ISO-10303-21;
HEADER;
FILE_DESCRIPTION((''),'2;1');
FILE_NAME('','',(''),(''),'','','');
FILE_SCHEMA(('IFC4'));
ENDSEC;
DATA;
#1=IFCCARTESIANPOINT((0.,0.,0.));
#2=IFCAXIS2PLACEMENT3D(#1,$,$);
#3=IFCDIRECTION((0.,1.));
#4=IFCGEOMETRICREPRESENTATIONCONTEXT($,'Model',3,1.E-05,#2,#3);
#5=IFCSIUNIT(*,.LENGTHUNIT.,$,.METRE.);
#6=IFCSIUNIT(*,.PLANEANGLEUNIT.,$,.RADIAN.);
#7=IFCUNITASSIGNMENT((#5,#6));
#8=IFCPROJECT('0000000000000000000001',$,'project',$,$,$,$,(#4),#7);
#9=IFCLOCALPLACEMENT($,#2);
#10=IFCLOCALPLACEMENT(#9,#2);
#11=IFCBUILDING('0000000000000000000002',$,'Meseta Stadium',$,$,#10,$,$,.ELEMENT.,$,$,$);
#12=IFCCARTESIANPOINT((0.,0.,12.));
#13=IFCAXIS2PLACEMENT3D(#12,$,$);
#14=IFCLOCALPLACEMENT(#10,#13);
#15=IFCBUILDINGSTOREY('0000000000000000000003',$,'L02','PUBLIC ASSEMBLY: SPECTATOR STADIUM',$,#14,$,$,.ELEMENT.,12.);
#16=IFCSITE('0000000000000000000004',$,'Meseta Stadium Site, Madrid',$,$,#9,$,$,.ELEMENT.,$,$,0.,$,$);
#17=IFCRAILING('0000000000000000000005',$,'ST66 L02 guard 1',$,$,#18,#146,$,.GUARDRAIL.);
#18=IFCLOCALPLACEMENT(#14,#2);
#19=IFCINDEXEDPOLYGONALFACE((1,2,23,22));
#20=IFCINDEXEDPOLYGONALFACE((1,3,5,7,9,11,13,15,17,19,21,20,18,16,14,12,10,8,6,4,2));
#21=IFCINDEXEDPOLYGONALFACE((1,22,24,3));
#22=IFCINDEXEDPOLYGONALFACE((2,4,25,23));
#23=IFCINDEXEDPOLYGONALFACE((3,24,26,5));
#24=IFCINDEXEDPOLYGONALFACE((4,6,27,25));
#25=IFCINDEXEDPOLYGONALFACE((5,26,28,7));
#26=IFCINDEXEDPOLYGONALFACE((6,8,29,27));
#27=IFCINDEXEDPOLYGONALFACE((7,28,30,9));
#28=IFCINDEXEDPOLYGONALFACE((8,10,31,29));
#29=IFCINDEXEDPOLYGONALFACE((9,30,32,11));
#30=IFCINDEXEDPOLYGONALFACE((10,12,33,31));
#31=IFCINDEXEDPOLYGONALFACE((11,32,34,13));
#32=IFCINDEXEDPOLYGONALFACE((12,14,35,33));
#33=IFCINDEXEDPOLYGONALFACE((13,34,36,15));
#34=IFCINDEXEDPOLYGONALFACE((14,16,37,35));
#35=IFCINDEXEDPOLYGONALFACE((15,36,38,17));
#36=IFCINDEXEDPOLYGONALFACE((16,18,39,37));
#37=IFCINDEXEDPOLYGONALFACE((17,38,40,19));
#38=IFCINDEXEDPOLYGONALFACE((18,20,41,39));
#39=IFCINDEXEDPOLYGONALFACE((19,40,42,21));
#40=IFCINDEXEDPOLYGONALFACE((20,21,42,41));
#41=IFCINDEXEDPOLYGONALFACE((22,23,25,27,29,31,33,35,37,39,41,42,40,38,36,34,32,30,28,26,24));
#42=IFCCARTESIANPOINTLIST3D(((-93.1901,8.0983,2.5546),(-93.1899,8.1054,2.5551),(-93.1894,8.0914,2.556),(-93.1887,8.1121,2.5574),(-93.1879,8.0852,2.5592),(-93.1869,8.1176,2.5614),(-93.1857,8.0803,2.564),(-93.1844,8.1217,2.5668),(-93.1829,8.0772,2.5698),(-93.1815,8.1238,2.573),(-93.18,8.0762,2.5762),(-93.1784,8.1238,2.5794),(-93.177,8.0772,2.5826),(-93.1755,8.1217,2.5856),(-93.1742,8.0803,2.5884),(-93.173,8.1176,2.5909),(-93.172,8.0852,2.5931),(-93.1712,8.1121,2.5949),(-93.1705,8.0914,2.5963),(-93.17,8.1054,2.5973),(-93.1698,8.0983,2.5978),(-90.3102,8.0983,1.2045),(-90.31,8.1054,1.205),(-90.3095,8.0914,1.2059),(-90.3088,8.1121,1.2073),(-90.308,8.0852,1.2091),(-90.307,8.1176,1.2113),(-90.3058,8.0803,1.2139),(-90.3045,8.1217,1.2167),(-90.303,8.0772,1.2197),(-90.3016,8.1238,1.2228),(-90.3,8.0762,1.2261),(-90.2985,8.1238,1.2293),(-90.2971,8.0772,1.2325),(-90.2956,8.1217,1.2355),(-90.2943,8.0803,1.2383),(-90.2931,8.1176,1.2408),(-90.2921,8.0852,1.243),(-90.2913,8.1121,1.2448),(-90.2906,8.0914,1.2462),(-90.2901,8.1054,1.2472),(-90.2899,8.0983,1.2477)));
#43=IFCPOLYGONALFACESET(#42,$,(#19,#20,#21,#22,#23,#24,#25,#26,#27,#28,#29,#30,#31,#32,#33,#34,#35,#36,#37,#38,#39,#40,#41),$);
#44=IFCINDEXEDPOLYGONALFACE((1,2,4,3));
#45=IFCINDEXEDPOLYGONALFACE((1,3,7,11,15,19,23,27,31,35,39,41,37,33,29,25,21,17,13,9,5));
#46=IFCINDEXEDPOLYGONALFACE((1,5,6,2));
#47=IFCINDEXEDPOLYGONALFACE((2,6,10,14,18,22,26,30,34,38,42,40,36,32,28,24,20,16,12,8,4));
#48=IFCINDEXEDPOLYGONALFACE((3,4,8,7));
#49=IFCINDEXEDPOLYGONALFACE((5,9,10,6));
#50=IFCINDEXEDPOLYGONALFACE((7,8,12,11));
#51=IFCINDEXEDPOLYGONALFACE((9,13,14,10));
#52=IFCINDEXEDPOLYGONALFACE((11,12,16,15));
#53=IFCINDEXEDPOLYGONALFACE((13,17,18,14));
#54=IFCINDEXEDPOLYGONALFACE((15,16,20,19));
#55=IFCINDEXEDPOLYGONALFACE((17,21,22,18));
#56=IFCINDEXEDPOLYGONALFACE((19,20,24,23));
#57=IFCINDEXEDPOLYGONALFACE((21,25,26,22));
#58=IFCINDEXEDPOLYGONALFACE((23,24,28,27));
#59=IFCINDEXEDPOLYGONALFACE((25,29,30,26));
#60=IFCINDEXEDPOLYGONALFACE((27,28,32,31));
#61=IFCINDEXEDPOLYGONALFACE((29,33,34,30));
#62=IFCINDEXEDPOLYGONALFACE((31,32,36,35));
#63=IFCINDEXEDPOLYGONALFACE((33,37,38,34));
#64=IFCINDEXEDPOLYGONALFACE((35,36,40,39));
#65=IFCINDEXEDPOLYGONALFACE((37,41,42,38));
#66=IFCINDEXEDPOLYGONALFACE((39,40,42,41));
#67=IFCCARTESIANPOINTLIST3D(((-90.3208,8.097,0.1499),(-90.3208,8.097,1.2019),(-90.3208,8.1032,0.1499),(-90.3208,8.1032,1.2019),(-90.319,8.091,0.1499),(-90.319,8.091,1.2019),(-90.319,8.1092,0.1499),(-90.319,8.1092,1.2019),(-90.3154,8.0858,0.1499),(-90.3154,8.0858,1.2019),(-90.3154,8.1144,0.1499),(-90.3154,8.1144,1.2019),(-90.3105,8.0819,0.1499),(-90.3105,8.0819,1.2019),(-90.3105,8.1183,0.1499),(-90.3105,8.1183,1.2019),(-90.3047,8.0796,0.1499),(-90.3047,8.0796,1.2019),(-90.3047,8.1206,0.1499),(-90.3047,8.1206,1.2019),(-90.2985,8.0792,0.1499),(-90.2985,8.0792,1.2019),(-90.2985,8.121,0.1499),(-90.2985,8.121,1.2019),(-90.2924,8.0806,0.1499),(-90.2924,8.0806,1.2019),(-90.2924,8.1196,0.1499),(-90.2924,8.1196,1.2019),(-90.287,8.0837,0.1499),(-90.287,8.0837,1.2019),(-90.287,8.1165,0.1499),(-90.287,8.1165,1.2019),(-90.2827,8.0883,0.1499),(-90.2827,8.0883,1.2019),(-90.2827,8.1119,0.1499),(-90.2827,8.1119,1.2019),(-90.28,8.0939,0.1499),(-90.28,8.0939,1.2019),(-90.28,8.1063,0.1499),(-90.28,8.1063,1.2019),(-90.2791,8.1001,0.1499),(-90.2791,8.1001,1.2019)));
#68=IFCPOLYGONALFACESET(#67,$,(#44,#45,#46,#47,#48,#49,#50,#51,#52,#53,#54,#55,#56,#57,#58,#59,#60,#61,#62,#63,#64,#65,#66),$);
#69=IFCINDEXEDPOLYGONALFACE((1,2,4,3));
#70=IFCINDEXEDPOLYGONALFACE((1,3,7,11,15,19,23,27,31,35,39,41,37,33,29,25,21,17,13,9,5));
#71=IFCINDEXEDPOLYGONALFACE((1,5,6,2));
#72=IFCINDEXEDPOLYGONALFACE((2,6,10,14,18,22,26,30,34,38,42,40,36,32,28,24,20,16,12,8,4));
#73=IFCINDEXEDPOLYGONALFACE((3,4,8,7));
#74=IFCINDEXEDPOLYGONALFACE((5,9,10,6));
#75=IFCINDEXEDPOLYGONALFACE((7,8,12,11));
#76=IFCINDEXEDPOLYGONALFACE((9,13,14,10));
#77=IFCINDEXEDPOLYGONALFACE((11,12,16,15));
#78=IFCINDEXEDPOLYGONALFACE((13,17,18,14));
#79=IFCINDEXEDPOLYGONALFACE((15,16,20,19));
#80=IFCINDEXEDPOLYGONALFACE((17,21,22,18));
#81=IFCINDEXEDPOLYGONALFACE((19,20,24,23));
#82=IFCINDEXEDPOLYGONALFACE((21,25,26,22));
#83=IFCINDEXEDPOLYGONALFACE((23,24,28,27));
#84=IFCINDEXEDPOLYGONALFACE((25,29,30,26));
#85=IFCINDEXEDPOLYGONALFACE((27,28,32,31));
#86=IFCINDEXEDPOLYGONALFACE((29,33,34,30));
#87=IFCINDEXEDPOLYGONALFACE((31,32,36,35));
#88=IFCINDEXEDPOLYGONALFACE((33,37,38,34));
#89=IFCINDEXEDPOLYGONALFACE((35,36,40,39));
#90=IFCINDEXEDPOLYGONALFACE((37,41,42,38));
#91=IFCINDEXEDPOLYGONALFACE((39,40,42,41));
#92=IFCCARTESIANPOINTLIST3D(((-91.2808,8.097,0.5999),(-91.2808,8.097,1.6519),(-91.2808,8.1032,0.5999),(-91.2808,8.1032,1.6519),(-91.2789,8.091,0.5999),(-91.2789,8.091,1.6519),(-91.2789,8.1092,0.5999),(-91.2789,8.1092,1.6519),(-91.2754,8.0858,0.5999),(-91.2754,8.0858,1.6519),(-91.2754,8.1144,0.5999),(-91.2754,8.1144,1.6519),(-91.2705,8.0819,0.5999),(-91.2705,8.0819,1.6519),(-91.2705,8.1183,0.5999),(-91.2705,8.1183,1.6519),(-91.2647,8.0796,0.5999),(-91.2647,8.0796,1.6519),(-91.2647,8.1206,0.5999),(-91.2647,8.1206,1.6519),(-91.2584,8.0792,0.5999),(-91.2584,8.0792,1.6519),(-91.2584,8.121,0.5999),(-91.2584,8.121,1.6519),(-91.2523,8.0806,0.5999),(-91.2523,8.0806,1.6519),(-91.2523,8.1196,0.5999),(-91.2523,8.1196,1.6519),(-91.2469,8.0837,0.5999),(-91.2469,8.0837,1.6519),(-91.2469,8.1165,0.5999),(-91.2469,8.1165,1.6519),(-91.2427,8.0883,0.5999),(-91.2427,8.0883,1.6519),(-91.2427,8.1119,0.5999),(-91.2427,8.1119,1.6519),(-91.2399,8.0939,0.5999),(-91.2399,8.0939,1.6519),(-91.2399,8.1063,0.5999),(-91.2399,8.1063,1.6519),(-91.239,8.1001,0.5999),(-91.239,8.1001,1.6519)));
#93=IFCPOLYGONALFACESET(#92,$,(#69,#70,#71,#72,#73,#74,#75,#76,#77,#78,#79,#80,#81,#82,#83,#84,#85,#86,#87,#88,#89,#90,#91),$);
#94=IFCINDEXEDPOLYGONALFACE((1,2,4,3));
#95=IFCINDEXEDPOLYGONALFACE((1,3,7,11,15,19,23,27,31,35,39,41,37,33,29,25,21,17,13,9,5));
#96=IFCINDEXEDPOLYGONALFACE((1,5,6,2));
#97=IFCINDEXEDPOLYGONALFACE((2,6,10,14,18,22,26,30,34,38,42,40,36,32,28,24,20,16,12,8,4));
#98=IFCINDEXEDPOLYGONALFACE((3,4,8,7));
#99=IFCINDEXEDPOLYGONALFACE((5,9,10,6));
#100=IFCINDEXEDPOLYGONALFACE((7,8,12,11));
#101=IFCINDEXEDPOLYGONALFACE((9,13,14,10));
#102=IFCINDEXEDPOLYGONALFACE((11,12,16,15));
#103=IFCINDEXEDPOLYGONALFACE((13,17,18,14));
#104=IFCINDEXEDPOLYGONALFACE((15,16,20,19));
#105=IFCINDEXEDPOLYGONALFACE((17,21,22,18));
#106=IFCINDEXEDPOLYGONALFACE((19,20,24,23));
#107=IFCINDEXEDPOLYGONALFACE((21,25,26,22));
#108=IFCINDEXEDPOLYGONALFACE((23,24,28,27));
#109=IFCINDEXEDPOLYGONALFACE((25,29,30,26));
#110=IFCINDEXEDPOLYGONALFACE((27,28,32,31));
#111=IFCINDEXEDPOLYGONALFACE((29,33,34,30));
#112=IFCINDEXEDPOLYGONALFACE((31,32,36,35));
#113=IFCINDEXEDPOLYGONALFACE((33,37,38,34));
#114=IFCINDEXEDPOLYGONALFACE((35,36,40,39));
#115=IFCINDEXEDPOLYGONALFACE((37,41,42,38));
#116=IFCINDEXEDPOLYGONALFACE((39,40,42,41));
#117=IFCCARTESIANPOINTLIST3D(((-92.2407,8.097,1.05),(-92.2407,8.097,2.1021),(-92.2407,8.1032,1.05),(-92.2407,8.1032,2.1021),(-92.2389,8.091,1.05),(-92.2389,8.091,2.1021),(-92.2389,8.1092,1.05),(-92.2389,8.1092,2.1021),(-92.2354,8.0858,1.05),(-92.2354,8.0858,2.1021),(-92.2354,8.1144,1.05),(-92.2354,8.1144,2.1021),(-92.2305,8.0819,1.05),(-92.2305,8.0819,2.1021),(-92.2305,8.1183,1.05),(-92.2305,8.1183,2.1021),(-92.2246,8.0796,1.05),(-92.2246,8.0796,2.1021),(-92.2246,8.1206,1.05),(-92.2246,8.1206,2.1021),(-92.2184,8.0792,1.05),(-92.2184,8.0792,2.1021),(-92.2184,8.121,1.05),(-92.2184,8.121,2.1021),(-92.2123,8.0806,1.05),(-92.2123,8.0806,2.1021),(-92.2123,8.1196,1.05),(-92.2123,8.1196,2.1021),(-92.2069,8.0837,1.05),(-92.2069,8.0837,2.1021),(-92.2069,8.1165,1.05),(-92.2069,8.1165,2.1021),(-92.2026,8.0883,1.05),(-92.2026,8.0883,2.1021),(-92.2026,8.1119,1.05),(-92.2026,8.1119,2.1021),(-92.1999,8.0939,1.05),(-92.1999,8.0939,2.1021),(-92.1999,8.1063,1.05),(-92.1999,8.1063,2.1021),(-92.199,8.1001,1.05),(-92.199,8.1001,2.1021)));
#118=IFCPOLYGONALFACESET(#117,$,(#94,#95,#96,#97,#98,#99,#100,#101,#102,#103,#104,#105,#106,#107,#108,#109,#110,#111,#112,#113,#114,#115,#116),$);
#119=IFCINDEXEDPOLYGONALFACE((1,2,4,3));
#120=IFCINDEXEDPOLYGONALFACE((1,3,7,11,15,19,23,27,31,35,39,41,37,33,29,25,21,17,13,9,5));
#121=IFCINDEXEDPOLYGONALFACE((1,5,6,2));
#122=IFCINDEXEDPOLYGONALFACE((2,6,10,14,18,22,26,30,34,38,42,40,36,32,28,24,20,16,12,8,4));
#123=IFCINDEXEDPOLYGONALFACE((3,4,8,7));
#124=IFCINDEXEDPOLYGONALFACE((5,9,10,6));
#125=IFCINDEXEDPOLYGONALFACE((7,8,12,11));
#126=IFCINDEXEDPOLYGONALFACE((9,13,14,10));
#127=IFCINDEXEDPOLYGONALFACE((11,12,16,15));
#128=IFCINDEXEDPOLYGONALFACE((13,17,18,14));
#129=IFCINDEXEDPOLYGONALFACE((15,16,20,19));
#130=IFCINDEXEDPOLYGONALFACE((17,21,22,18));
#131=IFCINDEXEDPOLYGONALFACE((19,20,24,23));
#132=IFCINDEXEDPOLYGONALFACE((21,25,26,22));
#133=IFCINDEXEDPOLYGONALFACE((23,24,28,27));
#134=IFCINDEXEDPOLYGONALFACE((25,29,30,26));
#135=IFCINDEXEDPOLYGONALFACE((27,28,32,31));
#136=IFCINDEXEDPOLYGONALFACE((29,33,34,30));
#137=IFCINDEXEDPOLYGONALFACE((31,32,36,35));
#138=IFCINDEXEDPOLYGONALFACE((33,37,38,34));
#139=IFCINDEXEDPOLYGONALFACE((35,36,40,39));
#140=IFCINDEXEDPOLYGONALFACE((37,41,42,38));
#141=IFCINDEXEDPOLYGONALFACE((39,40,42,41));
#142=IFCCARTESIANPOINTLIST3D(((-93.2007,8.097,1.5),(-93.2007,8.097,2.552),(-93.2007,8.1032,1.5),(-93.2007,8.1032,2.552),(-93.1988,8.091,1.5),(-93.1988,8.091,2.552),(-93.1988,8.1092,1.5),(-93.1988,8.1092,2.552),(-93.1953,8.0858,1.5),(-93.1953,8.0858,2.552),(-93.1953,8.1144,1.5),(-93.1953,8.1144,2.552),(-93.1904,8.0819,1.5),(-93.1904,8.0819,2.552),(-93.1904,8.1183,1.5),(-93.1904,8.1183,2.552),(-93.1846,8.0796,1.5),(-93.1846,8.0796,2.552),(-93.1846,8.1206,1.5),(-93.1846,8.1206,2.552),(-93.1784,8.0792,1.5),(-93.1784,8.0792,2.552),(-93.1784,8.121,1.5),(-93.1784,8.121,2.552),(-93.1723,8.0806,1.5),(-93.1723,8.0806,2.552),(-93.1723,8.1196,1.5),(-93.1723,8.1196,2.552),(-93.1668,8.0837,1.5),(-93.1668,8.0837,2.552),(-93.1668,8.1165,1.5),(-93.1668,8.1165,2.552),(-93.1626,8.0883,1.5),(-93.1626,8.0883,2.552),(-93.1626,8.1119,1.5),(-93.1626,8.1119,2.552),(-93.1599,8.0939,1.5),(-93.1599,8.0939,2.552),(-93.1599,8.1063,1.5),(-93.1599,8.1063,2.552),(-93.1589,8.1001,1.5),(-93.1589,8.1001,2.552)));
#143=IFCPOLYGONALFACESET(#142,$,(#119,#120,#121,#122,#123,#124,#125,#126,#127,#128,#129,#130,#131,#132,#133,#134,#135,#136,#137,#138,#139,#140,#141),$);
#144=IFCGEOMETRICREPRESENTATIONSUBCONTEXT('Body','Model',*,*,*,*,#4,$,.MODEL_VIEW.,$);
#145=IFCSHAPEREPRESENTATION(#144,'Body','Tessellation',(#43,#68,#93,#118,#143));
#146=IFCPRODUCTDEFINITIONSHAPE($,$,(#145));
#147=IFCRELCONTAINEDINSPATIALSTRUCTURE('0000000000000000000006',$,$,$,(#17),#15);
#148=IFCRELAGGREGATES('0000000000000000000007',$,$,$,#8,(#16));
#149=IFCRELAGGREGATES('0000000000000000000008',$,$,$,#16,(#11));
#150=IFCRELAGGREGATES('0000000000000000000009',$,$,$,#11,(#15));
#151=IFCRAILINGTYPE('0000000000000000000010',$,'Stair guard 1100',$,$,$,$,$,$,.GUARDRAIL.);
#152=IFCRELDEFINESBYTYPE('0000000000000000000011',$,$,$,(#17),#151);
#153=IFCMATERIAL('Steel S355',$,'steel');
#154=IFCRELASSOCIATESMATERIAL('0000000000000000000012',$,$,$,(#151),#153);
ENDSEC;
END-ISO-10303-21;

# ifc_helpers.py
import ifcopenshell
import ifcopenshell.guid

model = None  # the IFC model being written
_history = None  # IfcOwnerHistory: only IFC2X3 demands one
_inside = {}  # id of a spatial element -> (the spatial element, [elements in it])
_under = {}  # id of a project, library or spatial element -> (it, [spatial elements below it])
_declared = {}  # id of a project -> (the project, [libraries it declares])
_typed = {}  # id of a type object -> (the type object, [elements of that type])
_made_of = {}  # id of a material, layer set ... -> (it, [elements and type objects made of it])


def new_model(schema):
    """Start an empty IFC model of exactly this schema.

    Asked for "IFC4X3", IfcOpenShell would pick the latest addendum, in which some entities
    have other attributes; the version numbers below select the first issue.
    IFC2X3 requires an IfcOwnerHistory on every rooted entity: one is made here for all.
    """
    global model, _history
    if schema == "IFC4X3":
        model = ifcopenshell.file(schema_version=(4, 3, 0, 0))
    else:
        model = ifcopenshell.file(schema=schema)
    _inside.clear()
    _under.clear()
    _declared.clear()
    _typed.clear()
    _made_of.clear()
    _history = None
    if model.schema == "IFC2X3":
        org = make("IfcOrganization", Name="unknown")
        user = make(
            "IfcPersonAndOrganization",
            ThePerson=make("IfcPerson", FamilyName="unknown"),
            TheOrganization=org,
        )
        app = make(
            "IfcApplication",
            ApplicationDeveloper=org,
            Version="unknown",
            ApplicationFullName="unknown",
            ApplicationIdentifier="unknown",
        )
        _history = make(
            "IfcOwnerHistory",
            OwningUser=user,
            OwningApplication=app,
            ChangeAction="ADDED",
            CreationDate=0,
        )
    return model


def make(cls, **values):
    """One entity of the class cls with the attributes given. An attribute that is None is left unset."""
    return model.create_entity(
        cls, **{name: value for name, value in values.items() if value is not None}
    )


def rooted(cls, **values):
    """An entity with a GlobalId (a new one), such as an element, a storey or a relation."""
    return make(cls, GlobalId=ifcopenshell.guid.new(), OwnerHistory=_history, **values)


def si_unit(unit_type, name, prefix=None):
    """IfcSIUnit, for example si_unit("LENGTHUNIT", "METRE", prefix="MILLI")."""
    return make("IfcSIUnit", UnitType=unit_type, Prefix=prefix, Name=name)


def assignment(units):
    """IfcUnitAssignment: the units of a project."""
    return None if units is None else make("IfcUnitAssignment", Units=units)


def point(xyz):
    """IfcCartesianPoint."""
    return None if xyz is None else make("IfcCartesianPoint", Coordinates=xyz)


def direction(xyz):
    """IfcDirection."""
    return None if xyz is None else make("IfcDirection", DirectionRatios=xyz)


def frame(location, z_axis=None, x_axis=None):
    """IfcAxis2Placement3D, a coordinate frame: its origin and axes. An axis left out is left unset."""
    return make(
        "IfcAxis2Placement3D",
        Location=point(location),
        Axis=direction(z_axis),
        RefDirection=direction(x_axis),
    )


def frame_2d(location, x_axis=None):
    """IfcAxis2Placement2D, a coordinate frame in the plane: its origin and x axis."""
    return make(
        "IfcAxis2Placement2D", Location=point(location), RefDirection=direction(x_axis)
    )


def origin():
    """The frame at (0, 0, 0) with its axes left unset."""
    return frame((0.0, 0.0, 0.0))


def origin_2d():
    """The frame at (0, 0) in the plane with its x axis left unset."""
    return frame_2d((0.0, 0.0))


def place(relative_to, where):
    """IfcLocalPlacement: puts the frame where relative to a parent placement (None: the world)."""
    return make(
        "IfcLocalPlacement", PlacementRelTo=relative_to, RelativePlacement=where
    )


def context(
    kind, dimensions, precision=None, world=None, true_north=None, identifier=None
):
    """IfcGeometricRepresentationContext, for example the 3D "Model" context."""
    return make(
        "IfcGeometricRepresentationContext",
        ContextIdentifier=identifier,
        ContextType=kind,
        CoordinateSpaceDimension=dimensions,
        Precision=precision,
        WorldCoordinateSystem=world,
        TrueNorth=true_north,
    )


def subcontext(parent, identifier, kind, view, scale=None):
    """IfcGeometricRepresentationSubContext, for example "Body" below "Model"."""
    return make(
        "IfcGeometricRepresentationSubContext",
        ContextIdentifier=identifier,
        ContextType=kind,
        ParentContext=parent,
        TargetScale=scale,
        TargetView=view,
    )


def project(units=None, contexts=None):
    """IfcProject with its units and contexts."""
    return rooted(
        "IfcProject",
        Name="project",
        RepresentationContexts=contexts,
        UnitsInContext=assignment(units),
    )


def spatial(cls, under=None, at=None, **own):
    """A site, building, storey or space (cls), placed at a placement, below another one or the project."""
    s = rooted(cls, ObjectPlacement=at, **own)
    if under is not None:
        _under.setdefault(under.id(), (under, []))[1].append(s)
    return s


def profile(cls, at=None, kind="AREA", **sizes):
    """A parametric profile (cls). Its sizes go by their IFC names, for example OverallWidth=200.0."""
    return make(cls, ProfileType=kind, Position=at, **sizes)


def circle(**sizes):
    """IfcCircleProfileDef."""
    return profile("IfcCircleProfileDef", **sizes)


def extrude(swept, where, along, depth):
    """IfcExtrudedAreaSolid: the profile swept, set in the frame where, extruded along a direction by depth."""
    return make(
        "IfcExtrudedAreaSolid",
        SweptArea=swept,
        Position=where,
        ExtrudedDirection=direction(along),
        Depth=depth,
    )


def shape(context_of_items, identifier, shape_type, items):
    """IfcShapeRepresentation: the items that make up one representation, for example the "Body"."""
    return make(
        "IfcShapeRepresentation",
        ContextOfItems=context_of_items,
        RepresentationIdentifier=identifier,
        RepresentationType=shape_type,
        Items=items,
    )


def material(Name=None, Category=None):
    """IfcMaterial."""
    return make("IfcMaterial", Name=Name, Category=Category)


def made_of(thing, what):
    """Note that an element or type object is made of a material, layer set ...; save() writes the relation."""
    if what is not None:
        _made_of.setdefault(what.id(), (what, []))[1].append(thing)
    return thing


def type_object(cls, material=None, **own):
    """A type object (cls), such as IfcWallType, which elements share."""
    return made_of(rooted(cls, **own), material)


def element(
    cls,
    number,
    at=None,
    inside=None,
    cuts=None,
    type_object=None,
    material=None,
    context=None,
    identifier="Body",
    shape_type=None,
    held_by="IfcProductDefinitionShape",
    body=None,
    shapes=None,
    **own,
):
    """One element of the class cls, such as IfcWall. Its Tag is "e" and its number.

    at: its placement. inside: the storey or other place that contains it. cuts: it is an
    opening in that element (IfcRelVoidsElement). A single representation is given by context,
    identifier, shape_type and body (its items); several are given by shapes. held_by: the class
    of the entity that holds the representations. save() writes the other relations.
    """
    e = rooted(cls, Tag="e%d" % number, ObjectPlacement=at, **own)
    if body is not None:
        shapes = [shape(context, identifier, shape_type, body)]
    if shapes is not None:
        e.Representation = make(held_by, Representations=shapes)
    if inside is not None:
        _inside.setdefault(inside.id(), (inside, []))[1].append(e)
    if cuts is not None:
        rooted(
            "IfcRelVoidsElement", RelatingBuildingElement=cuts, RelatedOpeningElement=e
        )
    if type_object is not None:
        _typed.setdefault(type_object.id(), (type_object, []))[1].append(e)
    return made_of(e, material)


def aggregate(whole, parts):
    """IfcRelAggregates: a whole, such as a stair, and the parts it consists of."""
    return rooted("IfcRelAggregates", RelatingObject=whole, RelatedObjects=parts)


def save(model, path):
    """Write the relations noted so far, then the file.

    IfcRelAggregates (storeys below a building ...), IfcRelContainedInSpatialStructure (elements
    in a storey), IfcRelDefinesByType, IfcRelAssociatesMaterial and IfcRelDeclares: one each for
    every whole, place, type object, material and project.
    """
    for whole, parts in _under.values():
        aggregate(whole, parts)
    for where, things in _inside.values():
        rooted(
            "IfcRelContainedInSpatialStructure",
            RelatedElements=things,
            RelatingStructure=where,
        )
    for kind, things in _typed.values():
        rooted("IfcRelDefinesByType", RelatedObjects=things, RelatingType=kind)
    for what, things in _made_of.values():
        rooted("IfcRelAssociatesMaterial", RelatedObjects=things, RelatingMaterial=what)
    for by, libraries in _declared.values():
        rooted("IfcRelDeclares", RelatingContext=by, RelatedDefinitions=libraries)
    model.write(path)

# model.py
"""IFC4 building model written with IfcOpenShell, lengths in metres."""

from ifc_helpers import new_model, si_unit, direction, frame, origin, origin_2d, place, context, subcontext, project, spatial, circle, extrude, material, type_object, element, save


model = new_model("IFC4")

# Units and contexts
model_context = context("Model", 3, precision=1e-05, world=origin(), true_north=direction((0.0, 1.0)))
body_context = subcontext(model_context, "Body", "Model", "MODEL_VIEW")
ifc_project = project(units=[si_unit("LENGTHUNIT", "METRE"), si_unit("PLANEANGLEUNIT", "RADIAN")], contexts=[model_context])

# Site, building, storey
site_placement = place(None, origin())
site = spatial("IfcSite", under=ifc_project, at=site_placement, Name="Meseta Stadium Site, Madrid", CompositionType="ELEMENT", RefElevation=0.0)
building_placement = place(site_placement, origin())
building = spatial("IfcBuilding", under=site, at=building_placement, Name="Meseta Stadium", CompositionType="ELEMENT")
storey_placement = place(building_placement, frame((0.0, 0.0, 12.0)))
storey = spatial("IfcBuildingStorey", under=building, at=storey_placement, Name="L02", Description="PUBLIC ASSEMBLY: SPECTATOR STADIUM", CompositionType="ELEMENT", Elevation=12.0)

# Railing
ifc_material_1 = material(Name="Steel S355", Category="steel")
railing_type_1 = type_object("IfcRailingType", Name="Stair guard 1100", PredefinedType="GUARDRAIL", material=ifc_material_1)
railing_1_placement = place(storey_placement, frame((-90.3, 8.1001, 0.1499)))
element("IfcRailing", 1, at=railing_1_placement, inside=storey, type_object=railing_type_1, Name="ST66 L02 guard 1", PredefinedType="GUARDRAIL", context=body_context, shape_type="SweptSolid", body=[
    extrude(circle(Radius=0.0239, at=origin_2d()), frame((0.0, 0.0, 1.0762), z_axis=(-0.90544, 0.0, 0.424473), x_axis=(0.0, -1.0, 0.0)), (0.0, 0.0, 1.0), 3.1807),
    extrude(circle(Radius=0.021, at=origin_2d()), origin(), (0.0, 0.0, 1.0), 1.052),
    extrude(circle(Radius=0.021, at=origin_2d()), frame((-0.96, 0.0, 0.45)), (0.0, 0.0, 1.0), 1.052),
    extrude(circle(Radius=0.021, at=origin_2d()), frame((-1.9199, 0.0, 0.9001)), (0.0, 0.0, 1.0), 1.052),
    extrude(circle(Radius=0.021, at=origin_2d()), frame((-2.8799, 0.0, 1.3501)), (0.0, 0.0, 1.0), 1.052),
])

save(model, "model.ifc")
